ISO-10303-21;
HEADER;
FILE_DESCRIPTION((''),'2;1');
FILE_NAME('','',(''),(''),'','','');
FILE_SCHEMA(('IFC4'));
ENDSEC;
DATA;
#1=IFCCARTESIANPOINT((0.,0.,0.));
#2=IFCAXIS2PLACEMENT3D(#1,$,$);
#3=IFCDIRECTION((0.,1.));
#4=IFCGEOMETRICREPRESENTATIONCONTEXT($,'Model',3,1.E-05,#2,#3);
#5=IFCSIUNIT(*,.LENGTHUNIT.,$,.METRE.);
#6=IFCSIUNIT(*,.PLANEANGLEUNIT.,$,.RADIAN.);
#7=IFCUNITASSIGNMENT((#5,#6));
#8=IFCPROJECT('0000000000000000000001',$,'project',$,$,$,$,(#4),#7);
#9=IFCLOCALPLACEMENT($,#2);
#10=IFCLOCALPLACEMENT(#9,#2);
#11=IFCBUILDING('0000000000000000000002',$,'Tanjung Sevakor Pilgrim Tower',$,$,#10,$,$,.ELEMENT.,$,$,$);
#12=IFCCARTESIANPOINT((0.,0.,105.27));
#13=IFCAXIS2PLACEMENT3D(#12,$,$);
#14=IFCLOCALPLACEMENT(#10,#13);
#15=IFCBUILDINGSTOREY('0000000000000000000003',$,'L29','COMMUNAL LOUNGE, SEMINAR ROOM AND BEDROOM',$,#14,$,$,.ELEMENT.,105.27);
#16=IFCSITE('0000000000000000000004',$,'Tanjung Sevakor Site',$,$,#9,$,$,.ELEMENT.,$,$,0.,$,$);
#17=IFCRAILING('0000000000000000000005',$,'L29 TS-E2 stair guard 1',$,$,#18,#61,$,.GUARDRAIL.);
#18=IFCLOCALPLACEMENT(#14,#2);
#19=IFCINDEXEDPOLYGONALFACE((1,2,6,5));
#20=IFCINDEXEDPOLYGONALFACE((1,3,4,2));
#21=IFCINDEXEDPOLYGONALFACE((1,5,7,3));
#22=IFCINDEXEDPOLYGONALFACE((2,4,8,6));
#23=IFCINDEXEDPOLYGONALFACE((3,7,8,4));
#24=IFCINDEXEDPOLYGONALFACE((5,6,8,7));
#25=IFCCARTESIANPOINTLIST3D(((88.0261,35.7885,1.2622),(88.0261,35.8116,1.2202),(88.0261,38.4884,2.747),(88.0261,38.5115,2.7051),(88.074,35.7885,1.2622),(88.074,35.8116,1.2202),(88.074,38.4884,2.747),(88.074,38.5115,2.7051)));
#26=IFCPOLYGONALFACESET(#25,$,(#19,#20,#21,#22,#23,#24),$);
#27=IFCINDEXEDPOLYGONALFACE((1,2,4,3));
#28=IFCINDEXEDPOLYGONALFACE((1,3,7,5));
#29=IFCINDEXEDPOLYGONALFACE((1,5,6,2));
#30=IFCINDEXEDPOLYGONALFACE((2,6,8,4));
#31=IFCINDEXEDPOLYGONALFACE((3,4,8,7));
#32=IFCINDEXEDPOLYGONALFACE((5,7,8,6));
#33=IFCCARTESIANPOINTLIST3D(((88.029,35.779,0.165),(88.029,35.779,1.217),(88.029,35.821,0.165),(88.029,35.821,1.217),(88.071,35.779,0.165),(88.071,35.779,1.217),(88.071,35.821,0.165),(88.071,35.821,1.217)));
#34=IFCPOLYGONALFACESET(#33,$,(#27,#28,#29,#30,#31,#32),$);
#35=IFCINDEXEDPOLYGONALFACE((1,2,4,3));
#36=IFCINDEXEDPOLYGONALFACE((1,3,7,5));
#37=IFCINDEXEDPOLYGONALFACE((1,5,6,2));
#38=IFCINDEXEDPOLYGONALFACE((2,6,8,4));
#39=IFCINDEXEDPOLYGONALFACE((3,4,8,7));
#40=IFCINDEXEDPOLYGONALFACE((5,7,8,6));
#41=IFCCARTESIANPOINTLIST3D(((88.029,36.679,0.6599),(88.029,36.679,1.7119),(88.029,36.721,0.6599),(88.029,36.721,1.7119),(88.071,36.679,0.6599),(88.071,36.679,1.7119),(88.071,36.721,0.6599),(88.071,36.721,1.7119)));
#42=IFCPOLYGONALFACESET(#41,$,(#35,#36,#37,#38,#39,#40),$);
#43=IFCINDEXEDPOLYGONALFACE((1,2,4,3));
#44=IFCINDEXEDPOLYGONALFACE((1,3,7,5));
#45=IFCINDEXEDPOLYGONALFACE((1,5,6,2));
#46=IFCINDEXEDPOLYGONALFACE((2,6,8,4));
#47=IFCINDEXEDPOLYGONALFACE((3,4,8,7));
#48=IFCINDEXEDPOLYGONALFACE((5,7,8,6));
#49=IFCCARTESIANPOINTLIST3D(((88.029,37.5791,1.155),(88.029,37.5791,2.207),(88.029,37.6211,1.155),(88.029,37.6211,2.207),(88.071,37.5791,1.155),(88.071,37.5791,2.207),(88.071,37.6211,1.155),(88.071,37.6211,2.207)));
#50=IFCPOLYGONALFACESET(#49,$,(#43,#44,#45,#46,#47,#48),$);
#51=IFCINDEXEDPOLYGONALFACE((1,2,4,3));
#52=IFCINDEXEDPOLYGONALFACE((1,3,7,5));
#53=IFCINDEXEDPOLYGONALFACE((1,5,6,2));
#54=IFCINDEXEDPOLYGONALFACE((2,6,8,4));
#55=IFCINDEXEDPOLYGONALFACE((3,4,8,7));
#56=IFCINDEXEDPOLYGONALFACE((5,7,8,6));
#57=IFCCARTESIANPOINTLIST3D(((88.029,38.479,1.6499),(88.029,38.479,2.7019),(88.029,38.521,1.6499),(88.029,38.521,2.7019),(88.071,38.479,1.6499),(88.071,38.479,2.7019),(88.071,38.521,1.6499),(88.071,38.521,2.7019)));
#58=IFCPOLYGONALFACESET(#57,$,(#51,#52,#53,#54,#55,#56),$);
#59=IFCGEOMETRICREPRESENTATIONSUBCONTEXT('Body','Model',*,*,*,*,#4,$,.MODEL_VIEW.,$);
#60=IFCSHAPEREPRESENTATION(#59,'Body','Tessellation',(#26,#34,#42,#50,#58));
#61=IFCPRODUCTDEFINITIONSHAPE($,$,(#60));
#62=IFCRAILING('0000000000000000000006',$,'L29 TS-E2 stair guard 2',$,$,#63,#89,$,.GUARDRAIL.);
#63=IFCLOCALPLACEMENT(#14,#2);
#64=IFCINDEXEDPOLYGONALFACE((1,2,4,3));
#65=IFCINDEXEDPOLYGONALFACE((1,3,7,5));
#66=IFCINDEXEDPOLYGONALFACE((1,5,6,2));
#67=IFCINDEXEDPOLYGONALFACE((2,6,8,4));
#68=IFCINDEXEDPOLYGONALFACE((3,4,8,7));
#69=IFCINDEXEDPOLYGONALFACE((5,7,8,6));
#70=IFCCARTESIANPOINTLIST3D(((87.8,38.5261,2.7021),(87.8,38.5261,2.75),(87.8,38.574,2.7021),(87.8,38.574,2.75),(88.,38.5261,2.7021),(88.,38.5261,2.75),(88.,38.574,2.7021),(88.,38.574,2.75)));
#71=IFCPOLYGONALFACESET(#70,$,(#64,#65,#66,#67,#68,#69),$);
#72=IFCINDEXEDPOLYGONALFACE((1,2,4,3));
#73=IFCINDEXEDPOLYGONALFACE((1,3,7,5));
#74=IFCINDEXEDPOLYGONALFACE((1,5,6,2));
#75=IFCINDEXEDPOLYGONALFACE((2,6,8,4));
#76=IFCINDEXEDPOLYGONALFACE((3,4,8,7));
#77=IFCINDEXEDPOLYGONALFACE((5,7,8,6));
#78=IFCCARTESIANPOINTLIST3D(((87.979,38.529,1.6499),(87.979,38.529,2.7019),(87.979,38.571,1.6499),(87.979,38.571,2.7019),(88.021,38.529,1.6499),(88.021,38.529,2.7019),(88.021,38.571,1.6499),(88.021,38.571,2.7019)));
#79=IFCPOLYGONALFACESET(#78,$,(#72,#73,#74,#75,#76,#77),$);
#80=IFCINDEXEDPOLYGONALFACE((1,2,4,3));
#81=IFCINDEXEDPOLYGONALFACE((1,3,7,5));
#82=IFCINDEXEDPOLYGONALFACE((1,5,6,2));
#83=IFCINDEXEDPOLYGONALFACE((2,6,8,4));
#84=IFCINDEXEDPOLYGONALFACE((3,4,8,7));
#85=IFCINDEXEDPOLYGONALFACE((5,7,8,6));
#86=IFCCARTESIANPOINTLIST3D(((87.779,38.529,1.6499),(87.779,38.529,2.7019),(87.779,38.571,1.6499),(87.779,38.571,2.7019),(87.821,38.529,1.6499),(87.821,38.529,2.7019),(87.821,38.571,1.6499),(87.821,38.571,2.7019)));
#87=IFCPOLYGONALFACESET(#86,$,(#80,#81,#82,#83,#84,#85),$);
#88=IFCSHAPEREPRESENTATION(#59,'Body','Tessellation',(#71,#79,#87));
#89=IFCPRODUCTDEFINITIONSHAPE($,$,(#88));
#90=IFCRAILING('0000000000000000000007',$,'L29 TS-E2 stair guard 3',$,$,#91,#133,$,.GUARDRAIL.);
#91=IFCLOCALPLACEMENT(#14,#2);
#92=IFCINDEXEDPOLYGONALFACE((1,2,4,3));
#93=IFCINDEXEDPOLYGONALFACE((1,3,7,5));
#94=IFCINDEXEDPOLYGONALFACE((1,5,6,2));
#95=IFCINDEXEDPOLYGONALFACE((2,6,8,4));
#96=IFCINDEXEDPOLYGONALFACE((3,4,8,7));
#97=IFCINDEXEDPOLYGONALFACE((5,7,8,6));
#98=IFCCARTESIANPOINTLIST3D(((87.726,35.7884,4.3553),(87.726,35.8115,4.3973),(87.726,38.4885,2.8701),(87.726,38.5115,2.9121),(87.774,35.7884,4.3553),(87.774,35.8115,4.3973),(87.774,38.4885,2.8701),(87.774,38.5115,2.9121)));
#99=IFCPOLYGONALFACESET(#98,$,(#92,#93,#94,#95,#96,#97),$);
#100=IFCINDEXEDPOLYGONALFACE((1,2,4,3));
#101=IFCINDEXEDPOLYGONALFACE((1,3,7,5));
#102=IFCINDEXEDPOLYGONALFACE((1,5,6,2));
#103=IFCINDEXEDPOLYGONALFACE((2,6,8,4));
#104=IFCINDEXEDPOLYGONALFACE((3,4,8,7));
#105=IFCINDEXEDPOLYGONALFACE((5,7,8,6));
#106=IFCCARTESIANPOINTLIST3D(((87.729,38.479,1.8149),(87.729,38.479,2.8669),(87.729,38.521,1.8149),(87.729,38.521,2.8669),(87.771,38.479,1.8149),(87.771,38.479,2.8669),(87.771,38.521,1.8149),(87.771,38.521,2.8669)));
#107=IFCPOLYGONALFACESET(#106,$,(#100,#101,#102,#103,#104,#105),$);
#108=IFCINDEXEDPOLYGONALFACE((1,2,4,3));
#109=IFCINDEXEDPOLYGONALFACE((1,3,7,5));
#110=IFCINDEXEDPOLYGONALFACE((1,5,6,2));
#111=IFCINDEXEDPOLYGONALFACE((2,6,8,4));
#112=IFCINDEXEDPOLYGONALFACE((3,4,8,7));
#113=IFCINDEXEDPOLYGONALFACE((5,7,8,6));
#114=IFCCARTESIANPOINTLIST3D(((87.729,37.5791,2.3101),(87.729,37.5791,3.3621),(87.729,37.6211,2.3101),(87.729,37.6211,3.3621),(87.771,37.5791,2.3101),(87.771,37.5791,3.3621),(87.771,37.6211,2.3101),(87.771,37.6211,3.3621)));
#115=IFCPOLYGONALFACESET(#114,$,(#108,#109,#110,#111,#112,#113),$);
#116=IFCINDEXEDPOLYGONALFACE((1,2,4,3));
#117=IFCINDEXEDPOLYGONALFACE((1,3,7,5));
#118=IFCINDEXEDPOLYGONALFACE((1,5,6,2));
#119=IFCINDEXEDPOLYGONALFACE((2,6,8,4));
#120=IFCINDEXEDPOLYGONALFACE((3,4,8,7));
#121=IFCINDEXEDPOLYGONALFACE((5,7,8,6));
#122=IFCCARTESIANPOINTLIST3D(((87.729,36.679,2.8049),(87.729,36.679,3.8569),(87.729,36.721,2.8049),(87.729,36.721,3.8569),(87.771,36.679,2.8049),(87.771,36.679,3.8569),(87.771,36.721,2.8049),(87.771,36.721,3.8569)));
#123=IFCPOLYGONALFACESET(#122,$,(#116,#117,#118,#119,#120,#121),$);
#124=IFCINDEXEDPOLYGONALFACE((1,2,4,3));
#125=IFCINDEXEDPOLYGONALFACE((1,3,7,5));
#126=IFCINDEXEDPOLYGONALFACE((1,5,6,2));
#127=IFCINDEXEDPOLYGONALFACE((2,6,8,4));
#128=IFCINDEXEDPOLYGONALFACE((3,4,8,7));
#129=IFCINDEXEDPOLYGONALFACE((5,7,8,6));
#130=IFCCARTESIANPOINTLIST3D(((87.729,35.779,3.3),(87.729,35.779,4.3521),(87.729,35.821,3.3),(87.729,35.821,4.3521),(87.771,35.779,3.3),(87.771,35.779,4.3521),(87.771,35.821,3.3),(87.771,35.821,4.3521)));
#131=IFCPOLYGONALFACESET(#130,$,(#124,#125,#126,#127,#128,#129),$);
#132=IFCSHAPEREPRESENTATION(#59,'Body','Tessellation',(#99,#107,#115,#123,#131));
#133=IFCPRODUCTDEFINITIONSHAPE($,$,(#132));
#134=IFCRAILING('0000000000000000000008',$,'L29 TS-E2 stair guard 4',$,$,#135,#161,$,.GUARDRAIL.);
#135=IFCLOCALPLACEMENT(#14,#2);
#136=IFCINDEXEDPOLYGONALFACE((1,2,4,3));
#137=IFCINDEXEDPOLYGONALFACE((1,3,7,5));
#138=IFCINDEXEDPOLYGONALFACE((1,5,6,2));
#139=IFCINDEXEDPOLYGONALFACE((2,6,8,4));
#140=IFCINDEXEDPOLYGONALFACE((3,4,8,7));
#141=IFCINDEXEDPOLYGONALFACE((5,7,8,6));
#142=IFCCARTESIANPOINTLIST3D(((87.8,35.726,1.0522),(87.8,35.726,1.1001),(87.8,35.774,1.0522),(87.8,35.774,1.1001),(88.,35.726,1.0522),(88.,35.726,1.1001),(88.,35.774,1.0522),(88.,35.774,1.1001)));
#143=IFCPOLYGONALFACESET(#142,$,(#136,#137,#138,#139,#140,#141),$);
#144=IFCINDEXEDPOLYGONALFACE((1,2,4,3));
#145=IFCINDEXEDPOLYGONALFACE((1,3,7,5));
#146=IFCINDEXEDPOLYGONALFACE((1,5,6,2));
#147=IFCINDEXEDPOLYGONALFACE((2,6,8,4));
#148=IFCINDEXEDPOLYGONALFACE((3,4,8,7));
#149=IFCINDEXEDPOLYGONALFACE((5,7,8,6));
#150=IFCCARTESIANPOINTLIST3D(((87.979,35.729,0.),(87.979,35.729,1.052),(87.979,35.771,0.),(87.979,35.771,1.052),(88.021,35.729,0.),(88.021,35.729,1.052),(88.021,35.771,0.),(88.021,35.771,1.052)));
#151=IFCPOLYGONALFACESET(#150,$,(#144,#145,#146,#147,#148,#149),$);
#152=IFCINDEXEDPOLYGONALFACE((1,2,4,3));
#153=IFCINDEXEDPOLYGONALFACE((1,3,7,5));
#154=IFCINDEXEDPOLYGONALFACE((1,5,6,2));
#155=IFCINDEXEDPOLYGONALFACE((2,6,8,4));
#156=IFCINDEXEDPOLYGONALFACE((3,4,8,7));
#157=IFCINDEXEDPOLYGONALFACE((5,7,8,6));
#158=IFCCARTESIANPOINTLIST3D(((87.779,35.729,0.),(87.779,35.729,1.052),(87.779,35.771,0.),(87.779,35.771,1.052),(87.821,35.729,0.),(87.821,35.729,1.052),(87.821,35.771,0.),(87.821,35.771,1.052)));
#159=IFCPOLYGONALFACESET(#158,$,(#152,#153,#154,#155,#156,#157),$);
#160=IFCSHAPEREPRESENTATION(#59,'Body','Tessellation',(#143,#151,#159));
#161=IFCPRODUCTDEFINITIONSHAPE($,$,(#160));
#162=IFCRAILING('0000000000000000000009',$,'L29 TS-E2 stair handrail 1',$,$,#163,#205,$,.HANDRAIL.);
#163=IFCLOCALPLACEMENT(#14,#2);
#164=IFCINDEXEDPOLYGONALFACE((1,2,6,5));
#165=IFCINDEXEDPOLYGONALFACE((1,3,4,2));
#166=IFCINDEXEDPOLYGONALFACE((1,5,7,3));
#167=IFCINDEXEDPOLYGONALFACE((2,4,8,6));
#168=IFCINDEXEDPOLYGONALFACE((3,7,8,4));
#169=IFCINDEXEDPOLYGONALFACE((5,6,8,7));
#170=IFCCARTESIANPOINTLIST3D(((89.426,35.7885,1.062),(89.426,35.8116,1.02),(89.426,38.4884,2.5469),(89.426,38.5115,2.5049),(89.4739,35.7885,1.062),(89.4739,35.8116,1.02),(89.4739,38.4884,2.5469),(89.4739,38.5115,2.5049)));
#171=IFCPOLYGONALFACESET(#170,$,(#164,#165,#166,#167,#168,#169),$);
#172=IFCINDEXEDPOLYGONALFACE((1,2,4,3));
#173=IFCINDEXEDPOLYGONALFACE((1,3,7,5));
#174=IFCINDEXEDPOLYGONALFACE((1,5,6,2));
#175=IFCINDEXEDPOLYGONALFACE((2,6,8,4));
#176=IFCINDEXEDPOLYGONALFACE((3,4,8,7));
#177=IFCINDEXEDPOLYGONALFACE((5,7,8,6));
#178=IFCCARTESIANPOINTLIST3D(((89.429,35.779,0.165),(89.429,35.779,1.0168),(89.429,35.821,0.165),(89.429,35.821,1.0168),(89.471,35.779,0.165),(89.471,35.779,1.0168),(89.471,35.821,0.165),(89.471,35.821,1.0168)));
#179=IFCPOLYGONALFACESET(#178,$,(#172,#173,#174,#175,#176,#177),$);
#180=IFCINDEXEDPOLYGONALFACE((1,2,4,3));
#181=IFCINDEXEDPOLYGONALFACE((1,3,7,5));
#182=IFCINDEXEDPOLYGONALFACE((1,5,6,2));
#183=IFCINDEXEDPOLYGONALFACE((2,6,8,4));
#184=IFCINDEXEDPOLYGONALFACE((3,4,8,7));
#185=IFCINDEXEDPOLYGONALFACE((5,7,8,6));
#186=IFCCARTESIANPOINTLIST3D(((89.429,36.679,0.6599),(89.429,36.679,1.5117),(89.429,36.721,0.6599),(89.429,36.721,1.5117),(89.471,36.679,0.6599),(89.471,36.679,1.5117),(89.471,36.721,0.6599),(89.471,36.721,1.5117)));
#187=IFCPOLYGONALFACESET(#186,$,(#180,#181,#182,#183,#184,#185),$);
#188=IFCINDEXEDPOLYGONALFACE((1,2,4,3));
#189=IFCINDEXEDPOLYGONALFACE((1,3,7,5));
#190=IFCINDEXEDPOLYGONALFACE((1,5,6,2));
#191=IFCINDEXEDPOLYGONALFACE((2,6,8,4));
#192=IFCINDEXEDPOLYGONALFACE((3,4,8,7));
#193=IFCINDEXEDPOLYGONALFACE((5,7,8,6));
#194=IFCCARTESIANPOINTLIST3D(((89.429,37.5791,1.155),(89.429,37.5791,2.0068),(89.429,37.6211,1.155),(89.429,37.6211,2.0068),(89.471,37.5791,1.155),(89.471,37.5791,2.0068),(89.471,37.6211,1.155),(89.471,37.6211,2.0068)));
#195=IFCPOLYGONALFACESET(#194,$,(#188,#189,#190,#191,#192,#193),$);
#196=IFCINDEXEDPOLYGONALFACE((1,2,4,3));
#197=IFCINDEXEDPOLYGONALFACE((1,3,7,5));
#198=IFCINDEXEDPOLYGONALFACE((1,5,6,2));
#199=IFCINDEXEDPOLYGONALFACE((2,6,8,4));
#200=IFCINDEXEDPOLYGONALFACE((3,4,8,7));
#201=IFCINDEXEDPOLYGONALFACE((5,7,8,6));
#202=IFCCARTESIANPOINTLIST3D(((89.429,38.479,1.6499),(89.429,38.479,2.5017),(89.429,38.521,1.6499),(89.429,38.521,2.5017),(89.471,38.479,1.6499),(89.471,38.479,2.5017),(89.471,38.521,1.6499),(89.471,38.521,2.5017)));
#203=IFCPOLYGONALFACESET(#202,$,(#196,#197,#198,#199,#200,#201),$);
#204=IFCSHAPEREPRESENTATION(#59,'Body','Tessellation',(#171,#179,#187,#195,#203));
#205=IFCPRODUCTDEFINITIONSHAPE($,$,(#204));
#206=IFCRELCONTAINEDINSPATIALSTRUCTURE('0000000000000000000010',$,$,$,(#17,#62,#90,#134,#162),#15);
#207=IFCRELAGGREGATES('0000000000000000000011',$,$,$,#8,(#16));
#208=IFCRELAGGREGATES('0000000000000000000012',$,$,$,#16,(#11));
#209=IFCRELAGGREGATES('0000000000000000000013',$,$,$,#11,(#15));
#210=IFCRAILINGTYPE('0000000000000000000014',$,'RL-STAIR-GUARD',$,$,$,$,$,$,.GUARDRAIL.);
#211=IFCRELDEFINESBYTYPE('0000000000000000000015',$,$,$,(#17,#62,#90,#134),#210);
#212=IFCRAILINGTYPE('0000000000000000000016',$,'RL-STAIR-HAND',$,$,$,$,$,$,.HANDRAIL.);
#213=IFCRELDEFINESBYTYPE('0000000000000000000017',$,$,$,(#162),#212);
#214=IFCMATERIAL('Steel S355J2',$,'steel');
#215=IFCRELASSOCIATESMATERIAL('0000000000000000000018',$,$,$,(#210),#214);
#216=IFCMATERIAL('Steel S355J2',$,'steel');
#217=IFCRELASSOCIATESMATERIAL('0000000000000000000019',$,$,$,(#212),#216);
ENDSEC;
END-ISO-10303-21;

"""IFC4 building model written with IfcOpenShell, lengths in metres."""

from ifc_helpers import new_model, si_unit, direction, frame, origin, place, context, subcontext, project, spatial, rectangle, extrude, material, type_object, element, save


model = new_model("IFC4")

# Units and contexts
model_context = context("Model", 3, precision=1e-05, world=origin(), true_north=direction((0.0, 1.0)))
body_context = subcontext(model_context, "Body", "Model", "MODEL_VIEW")
ifc_project = project(units=[si_unit("LENGTHUNIT", "METRE"), si_unit("PLANEANGLEUNIT", "RADIAN")], contexts=[model_context])

# Site, building, storey
site_placement = place(None, origin())
site = spatial("IfcSite", under=ifc_project, at=site_placement, Name="Tanjung Sevakor Site", CompositionType="ELEMENT", RefElevation=0.0)
building_placement = place(site_placement, origin())
building = spatial("IfcBuilding", under=site, at=building_placement, Name="Tanjung Sevakor Pilgrim Tower", CompositionType="ELEMENT")
storey_placement = place(building_placement, frame((0.0, 0.0, 105.27)))
storey = spatial("IfcBuildingStorey", under=building, at=storey_placement, Name="L29", Description="COMMUNAL LOUNGE, SEMINAR ROOM AND BEDROOM", CompositionType="ELEMENT", Elevation=105.27)

# Railings
ifc_material_1 = material(Name="Steel S355J2", Category="steel")
railing_type_1 = type_object("IfcRailingType", Name="RL-STAIR-GUARD", PredefinedType="GUARDRAIL", material=ifc_material_1)
railing_1_placement = place(storey_placement, frame((88.05, 35.8, 0.165)))
element("IfcRailing", 1, at=railing_1_placement, inside=storey, type_object=railing_type_1, Name="L29 TS-E2 stair guard 1", PredefinedType="GUARDRAIL", context=body_context, shape_type="SweptSolid", body=[
    extrude(rectangle(XDim=0.0479, YDim=0.0479), frame((0.0, 0.0, 1.0762), z_axis=(0.0, 0.876231, 0.481891), x_axis=(-1.0, 0.0, 0.0)), (0.0, 0.0, 1.0), 3.0813),
    extrude(rectangle(XDim=0.042, YDim=0.042), origin(), (0.0, 0.0, 1.0), 1.052),
    extrude(rectangle(XDim=0.042, YDim=0.042), frame((0.0, 0.8999, 0.4949)), (0.0, 0.0, 1.0), 1.052),
    extrude(rectangle(XDim=0.042, YDim=0.042), frame((0.0, 1.8, 0.99)), (0.0, 0.0, 1.0), 1.052),
    extrude(rectangle(XDim=0.042, YDim=0.042), frame((0.0, 2.7, 1.4849)), (0.0, 0.0, 1.0), 1.052),
])
railing_2_placement = place(storey_placement, frame((88.0, 38.55, 1.6499)))
element("IfcRailing", 2, at=railing_2_placement, inside=storey, type_object=railing_type_1, Name="L29 TS-E2 stair guard 2", PredefinedType="GUARDRAIL", context=body_context, shape_type="SweptSolid", body=[
    extrude(rectangle(XDim=0.0479, YDim=0.0479), frame((0.0, 0.0, 1.0762), z_axis=(-1.0, 0.0, 0.0), x_axis=(0.0, -1.0, 0.0)), (0.0, 0.0, 1.0), 0.2),
    extrude(rectangle(XDim=0.042, YDim=0.042), origin(), (0.0, 0.0, 1.0), 1.052),
    extrude(rectangle(XDim=0.042, YDim=0.042), frame((-0.2, 0.0, 0.0)), (0.0, 0.0, 1.0), 1.052),
])
railing_3_placement = place(storey_placement, frame((87.75, 38.5, 1.8149)))
element("IfcRailing", 3, at=railing_3_placement, inside=storey, type_object=railing_type_1, Name="L29 TS-E2 stair guard 3", PredefinedType="GUARDRAIL", context=body_context, shape_type="SweptSolid", body=[
    extrude(rectangle(XDim=0.0479, YDim=0.0479), frame((0.0, 0.0, 1.0762), z_axis=(0.0, -0.876198, 0.481952), x_axis=(1.0, 0.0, 0.0)), (0.0, 0.0, 1.0), 3.0815),
    extrude(rectangle(XDim=0.042, YDim=0.042), origin(), (0.0, 0.0, 1.0), 1.052),
    extrude(rectangle(XDim=0.042, YDim=0.042), frame((0.0, -0.8999, 0.4951)), (0.0, 0.0, 1.0), 1.052),
    extrude(rectangle(XDim=0.042, YDim=0.042), frame((0.0, -1.8, 0.99)), (0.0, 0.0, 1.0), 1.052),
    extrude(rectangle(XDim=0.042, YDim=0.042), frame((0.0, -2.7, 1.4851)), (0.0, 0.0, 1.0), 1.052),
])
railing_4_placement = place(storey_placement, frame((88.0, 35.75, 0.0)))
element("IfcRailing", 4, at=railing_4_placement, inside=storey, type_object=railing_type_1, Name="L29 TS-E2 stair guard 4", PredefinedType="GUARDRAIL", context=body_context, shape_type="SweptSolid", body=[
    extrude(rectangle(XDim=0.0479, YDim=0.0479), frame((0.0, 0.0, 1.0762), z_axis=(-1.0, 0.0, 0.0), x_axis=(0.0, -1.0, 0.0)), (0.0, 0.0, 1.0), 0.2),
    extrude(rectangle(XDim=0.042, YDim=0.042), origin(), (0.0, 0.0, 1.0), 1.052),
    extrude(rectangle(XDim=0.042, YDim=0.042), frame((-0.2, 0.0, 0.0)), (0.0, 0.0, 1.0), 1.052),
])
ifc_material_2 = material(Name="Steel S355J2", Category="steel")
railing_type_2 = type_object("IfcRailingType", Name="RL-STAIR-HAND", PredefinedType="HANDRAIL", material=ifc_material_2)
railing_5_placement = place(storey_placement, frame((89.45, 35.8, 0.165)))
element("IfcRailing", 5, at=railing_5_placement, inside=storey, type_object=railing_type_2, Name="L29 TS-E2 stair handrail 1", PredefinedType="HANDRAIL", context=body_context, shape_type="SweptSolid", body=[
    extrude(rectangle(XDim=0.0479, YDim=0.0479), frame((0.0, 0.0, 0.876), z_axis=(0.0, 0.876231, 0.481891), x_axis=(-1.0, 0.0, 0.0)), (0.0, 0.0, 1.0), 3.0813),
    extrude(rectangle(XDim=0.042, YDim=0.042), origin(), (0.0, 0.0, 1.0), 0.8518),
    extrude(rectangle(XDim=0.042, YDim=0.042), frame((0.0, 0.8999, 0.4949)), (0.0, 0.0, 1.0), 0.8518),
    extrude(rectangle(XDim=0.042, YDim=0.042), frame((0.0, 1.8, 0.99)), (0.0, 0.0, 1.0), 0.8518),
    extrude(rectangle(XDim=0.042, YDim=0.042), frame((0.0, 2.7, 1.4849)), (0.0, 0.0, 1.0), 0.8518),
])

save(model, "model.ifc")
